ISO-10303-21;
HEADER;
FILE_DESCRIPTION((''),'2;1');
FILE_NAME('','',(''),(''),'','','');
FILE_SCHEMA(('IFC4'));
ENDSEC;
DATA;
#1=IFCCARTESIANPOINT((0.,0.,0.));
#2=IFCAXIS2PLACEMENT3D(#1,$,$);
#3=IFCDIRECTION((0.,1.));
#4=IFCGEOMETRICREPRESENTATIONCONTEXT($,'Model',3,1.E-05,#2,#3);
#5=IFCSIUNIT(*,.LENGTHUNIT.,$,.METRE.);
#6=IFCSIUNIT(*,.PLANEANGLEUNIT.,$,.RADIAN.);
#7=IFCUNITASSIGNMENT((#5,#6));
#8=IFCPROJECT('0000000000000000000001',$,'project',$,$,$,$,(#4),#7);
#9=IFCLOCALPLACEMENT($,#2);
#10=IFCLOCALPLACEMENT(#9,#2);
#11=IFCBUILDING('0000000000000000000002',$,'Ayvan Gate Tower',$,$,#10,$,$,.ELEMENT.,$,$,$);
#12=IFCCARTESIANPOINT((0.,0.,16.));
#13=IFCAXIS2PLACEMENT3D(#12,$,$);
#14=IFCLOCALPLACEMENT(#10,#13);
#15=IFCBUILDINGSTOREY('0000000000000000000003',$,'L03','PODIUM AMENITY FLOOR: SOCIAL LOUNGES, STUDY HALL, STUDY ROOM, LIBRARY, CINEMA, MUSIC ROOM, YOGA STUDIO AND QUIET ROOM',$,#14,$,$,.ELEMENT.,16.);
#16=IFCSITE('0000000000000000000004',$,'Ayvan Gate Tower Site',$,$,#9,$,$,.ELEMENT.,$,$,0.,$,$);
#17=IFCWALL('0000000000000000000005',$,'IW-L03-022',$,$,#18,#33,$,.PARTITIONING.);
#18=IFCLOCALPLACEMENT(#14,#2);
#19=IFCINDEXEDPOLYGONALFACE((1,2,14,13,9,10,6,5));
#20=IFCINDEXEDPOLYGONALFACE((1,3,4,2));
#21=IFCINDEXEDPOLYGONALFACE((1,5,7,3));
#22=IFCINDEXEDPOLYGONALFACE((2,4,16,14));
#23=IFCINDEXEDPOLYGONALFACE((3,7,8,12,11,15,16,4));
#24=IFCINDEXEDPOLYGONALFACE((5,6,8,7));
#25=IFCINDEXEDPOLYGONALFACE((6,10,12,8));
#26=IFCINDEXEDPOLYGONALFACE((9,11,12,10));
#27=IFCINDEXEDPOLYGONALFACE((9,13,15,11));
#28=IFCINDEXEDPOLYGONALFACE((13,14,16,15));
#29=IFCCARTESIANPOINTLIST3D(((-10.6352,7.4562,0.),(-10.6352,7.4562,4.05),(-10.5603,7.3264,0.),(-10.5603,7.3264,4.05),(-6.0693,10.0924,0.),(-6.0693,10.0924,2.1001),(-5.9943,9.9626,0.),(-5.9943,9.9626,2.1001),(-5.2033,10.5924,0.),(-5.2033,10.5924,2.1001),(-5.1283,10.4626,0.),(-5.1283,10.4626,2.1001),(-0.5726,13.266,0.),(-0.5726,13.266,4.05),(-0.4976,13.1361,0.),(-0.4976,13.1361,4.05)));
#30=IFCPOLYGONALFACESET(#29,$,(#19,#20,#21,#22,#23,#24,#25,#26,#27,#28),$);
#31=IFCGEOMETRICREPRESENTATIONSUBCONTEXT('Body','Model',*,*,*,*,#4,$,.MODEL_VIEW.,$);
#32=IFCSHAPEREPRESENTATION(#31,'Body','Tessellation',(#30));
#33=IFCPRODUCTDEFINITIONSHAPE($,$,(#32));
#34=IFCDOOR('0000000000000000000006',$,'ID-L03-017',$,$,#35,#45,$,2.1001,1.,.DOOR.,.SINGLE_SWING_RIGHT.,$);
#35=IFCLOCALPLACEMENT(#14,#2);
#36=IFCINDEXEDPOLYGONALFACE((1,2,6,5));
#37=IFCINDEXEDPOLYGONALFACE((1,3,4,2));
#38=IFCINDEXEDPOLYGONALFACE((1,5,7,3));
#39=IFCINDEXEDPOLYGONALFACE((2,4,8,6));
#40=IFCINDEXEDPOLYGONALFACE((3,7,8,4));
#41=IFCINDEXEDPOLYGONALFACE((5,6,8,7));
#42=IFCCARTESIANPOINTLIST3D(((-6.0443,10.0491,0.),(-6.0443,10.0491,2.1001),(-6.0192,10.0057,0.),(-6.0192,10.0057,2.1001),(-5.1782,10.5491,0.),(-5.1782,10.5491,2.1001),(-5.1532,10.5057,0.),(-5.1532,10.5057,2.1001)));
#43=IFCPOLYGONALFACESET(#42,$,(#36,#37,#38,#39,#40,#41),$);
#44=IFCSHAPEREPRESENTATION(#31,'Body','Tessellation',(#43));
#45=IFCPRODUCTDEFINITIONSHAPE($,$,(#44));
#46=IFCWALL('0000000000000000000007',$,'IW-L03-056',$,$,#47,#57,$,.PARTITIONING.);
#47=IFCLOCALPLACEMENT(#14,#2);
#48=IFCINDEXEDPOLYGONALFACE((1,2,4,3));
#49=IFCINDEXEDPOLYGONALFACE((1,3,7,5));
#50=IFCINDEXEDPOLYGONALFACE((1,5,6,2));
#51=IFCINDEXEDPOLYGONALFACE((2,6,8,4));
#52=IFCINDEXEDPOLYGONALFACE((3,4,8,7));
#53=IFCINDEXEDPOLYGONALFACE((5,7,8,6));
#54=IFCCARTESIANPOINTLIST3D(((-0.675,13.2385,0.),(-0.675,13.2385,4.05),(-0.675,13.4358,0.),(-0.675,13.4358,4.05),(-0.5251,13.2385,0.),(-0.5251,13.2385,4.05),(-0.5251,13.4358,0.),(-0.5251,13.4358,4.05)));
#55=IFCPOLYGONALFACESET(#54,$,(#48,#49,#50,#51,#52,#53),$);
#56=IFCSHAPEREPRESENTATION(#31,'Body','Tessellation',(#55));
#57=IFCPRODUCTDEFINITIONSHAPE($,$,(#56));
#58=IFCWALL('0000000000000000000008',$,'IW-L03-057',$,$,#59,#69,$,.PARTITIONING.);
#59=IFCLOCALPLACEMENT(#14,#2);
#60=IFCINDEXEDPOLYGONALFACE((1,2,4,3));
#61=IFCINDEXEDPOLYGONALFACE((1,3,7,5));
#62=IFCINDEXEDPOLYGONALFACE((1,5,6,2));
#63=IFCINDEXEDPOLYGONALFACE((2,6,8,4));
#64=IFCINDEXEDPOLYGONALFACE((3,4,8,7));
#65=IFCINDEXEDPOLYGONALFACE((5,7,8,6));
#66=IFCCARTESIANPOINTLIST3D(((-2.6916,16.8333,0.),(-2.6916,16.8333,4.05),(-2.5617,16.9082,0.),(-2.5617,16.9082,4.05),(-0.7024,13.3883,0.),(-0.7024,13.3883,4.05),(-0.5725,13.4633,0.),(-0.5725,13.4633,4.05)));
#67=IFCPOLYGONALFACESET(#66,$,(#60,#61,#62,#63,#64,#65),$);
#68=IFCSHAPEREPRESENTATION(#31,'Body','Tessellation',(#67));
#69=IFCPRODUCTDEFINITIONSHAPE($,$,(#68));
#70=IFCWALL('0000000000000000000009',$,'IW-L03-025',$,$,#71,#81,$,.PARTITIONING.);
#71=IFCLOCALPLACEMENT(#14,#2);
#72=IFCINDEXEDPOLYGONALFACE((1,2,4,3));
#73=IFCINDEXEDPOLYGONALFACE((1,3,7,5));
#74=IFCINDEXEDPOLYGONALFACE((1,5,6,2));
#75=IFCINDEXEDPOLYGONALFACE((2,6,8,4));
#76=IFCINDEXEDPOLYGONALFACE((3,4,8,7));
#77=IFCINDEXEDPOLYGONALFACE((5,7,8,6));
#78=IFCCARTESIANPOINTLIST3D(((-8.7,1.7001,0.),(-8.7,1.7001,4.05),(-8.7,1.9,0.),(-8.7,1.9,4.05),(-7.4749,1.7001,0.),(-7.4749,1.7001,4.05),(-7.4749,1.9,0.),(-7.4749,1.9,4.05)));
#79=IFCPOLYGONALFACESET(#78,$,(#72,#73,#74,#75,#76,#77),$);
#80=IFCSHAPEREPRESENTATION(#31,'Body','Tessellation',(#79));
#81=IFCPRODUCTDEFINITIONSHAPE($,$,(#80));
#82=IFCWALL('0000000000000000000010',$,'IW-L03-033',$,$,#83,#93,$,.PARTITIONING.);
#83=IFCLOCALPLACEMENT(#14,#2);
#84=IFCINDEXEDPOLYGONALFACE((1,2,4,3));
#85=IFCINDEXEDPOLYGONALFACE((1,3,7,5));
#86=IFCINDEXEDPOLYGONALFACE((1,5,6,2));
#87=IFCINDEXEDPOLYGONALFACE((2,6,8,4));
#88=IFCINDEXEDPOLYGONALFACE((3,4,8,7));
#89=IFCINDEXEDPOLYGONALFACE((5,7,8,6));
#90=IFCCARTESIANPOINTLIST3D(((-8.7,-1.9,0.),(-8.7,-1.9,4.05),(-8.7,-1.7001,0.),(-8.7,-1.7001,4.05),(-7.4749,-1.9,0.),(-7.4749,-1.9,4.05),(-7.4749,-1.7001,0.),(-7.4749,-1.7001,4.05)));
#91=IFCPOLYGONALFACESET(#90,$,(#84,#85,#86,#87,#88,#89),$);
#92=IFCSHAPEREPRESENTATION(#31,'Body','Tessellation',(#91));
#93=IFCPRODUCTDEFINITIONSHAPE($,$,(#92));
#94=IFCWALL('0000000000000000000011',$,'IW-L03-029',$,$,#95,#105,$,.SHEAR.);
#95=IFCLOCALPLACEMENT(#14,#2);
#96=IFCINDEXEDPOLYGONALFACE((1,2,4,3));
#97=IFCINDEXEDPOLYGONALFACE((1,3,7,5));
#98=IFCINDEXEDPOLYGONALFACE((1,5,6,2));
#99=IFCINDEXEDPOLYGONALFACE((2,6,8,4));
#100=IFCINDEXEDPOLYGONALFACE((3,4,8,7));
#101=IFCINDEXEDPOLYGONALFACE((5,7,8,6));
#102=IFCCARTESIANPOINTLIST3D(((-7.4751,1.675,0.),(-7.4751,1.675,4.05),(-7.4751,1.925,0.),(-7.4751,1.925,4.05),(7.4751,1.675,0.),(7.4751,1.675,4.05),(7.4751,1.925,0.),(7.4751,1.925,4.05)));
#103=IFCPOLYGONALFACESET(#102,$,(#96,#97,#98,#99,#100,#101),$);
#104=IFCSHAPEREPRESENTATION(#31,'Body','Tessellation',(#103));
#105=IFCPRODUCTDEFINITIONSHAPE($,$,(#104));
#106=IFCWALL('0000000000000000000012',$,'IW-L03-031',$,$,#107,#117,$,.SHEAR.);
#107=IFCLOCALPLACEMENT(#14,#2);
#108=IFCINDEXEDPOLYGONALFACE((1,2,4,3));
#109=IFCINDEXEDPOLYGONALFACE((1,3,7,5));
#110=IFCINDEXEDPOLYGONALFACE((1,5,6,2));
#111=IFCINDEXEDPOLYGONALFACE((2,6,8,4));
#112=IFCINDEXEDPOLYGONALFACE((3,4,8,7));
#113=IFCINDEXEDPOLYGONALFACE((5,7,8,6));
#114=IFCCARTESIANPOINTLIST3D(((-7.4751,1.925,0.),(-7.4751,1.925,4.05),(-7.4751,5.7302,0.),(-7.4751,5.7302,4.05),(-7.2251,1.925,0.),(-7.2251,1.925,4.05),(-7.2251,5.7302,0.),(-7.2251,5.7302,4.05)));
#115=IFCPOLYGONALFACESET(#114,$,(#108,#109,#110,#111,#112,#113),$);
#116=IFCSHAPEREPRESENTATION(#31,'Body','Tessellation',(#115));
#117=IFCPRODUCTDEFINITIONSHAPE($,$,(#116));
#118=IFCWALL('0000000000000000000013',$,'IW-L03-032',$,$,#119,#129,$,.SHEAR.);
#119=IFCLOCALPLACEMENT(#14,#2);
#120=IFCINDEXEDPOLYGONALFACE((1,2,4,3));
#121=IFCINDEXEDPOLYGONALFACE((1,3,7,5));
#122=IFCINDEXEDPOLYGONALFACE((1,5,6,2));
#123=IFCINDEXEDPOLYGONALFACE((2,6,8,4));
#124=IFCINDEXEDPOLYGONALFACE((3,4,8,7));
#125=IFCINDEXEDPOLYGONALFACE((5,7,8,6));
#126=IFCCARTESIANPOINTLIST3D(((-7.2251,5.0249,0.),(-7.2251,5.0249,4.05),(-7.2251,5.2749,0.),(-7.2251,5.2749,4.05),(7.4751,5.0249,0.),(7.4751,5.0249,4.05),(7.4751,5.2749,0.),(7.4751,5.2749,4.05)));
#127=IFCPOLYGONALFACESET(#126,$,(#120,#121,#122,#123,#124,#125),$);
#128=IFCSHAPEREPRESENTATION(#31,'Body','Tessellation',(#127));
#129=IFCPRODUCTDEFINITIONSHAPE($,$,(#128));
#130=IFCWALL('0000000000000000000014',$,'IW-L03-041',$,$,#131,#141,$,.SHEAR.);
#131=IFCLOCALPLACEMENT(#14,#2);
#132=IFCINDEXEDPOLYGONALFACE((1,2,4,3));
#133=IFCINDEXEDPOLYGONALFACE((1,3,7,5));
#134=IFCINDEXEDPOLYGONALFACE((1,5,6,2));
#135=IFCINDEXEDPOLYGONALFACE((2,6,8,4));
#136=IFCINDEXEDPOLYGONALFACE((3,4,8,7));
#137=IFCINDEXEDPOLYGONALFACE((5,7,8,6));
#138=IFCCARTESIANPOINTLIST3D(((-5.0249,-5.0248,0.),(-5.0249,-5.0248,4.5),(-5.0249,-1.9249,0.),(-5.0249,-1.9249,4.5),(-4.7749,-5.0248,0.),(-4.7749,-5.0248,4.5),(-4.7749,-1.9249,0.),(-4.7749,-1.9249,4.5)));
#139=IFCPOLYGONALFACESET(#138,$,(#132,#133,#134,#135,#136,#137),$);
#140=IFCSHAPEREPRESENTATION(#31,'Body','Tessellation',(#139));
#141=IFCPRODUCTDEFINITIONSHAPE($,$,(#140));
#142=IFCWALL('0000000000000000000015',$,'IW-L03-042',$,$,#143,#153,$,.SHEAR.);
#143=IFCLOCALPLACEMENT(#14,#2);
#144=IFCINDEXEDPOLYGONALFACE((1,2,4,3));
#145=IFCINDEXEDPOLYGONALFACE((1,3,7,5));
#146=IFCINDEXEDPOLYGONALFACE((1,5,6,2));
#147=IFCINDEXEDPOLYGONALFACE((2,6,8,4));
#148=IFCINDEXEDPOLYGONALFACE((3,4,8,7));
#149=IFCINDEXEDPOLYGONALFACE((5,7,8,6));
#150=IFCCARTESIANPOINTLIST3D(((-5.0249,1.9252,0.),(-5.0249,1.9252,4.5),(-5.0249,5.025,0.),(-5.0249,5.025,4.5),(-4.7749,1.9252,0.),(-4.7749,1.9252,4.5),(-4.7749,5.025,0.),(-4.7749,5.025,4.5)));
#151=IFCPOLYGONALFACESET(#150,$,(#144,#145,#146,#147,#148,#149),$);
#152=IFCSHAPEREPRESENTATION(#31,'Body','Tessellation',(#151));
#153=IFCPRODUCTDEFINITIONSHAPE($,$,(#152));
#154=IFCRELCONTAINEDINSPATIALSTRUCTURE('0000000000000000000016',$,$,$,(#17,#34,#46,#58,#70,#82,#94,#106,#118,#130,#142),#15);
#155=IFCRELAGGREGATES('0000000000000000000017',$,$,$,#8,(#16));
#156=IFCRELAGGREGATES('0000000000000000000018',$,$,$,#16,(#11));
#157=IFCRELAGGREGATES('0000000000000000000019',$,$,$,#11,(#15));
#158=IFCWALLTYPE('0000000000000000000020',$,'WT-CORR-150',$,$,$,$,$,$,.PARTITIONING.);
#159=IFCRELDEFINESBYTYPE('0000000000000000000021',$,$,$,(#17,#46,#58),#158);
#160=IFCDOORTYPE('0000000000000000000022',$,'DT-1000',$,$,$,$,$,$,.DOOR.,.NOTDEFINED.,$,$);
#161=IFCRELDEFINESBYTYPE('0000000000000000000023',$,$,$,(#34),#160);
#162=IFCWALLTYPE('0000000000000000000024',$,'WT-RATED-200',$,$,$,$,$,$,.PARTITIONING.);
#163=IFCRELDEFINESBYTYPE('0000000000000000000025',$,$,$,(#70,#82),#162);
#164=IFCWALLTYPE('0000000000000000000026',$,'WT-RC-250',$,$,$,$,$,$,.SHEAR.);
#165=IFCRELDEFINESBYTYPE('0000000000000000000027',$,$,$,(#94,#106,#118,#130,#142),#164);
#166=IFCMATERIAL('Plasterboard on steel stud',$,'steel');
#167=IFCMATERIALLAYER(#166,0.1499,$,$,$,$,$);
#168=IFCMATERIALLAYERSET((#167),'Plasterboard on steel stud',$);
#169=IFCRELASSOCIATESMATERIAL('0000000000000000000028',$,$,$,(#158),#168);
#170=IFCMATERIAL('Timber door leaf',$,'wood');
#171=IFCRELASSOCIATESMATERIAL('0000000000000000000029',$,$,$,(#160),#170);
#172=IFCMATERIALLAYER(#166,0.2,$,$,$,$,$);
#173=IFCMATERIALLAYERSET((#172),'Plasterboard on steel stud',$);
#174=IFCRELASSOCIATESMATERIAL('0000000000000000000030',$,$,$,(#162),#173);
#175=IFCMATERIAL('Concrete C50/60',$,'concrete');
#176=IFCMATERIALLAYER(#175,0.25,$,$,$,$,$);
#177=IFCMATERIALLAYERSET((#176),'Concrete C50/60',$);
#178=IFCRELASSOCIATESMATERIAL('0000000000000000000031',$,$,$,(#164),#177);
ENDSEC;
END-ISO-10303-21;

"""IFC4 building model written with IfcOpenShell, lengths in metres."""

from ifc_helpers import new_model, si_unit, direction, frame, frame_2d, origin, place, context, subcontext, project, spatial, rectangle, extrude, material, layer, layer_set, type_object, element, fill, save


model = new_model("IFC4")

# Units and contexts
model_context = context("Model", 3, precision=1e-05, world=origin(), true_north=direction((0.0, 1.0)))
body_context = subcontext(model_context, "Body", "Model", "MODEL_VIEW")
ifc_project = project(units=[si_unit("LENGTHUNIT", "METRE"), si_unit("PLANEANGLEUNIT", "RADIAN")], contexts=[model_context])

# Site, building, storey
site_placement = place(None, origin())
site = spatial("IfcSite", under=ifc_project, at=site_placement, Name="Ayvan Gate Tower Site", CompositionType="ELEMENT", RefElevation=0.0)
building_placement = place(site_placement, origin())
building = spatial("IfcBuilding", under=site, at=building_placement, Name="Ayvan Gate Tower", CompositionType="ELEMENT")
storey_placement = place(building_placement, frame((0.0, 0.0, 16.0)))
storey = spatial("IfcBuildingStorey", under=building, at=storey_placement, Name="L03", Description="PODIUM AMENITY FLOOR: SOCIAL LOUNGES, STUDY HALL, STUDY ROOM, LIBRARY, CINEMA, MUSIC ROOM, YOGA STUDIO AND QUIET ROOM", CompositionType="ELEMENT", Elevation=16.0)

# Shared definitions
ifc_material_1 = material(Name="Timber door leaf", Category="wood")

# Shared definitions
ifc_material_2 = material(Name="Plasterboard on steel stud", Category="steel")
ifc_layer_1 = layer(ifc_material_2, 0.1499)
ifc_layer_set_1 = layer_set([ifc_layer_1], Name="Plasterboard on steel stud")
wall_type_1 = type_object("IfcWallType", Name="WT-CORR-150", PredefinedType="PARTITIONING", material=ifc_layer_set_1)

# Wall, opening, door
wall_1_placement = place(storey_placement, frame((-10.5977, 7.3914, 0.0), z_axis=(0.0, 0.0, 1.0), x_axis=(0.866022, 0.500006, 0.0)))
wall_1 = element("IfcWall", 1, at=wall_1_placement, inside=storey, type_object=wall_type_1, Name="IW-L03-022", PredefinedType="PARTITIONING", context=body_context, shape_type="SweptSolid", body=[
    extrude(rectangle(XDim=11.6194, YDim=0.1499, at=frame_2d((5.8096, 0.0))), origin(), (0.0, 0.0, 1.0), 4.05),
])
opening_1_placement = place(wall_1_placement, frame((5.2722, 0.0, 0.0)))
opening_1 = element("IfcOpeningElement", 2, at=opening_1_placement, cuts=wall_1, PredefinedType="OPENING", context=body_context, shape_type="SweptSolid", body=[
    extrude(rectangle(XDim=1.0, YDim=2.1001, at=frame_2d((0.5, 1.05))), frame((0.0, 0.085, 0.0), z_axis=(0.0, -1.0, 0.0), x_axis=(1.0, 0.0, 0.0)), (0.0, 0.0, 1.0), 0.1699),
])
door_type_1 = type_object("IfcDoorType", Name="DT-1000", OperationType="NOTDEFINED", PredefinedType="DOOR", material=ifc_material_1)
door_1_placement = place(opening_1_placement, origin())
door_1 = element("IfcDoor", 3, at=door_1_placement, inside=storey, type_object=door_type_1, Name="ID-L03-017", OperationType="SINGLE_SWING_RIGHT", OverallHeight=2.1001, OverallWidth=1.0, PredefinedType="DOOR", context=body_context, shape_type="SweptSolid", body=[
    extrude(rectangle(XDim=1.0, YDim=2.1001, at=frame_2d((0.5, 1.05))), frame((0.0, 0.0249, 0.0), z_axis=(0.0, -1.0, 0.0), x_axis=(1.0, 0.0, 0.0)), (0.0, 0.0, 1.0), 0.05),
])
fill(opening_1, door_1)

# Walls
wall_2_placement = place(storey_placement, frame((-0.6001, 13.2385, 0.0), z_axis=(0.0, 0.0, 1.0), x_axis=(0.0, 1.0, 0.0)))
element("IfcWall", 4, at=wall_2_placement, inside=storey, type_object=wall_type_1, Name="IW-L03-056", PredefinedType="PARTITIONING", context=body_context, shape_type="SweptSolid", body=[
    extrude(rectangle(XDim=0.1973, YDim=0.1499, at=frame_2d((0.0986, 0.0))), origin(), (0.0, 0.0, 1.0), 4.05),
])
wall_3_placement = place(storey_placement, frame((-0.6375, 13.4258, 0.0), z_axis=(0.0, 0.0, 1.0), x_axis=(-0.500047, 0.865999, 0.0)))
element("IfcWall", 5, at=wall_3_placement, inside=storey, type_object=wall_type_1, Name="IW-L03-057", PredefinedType="PARTITIONING", context=body_context, shape_type="SweptSolid", body=[
    extrude(rectangle(XDim=3.978, YDim=0.1499, at=frame_2d((1.989, 0.0))), origin(), (0.0, 0.0, 1.0), 4.05),
])
ifc_layer_2 = layer(ifc_material_2, 0.2)
ifc_layer_set_2 = layer_set([ifc_layer_2], Name="Plasterboard on steel stud")
wall_type_2 = type_object("IfcWallType", Name="WT-RATED-200", PredefinedType="PARTITIONING", material=ifc_layer_set_2)
for number, where, z_axis, x_axis, name in (
    (6, (-8.7, 1.8, 0.0), (0.0, 0.0, 1.0), (1.0, 0.0, 0.0), "IW-L03-025"),
    (7, (-7.4749, -1.8, 0.0), (0.0, 0.0, 1.0), (-1.0, 0.0, 0.0), "IW-L03-033"),
):
    element("IfcWall", number, at=place(storey_placement, frame(where, z_axis=z_axis, x_axis=x_axis)), inside=storey, type_object=wall_type_2, Name=name, PredefinedType="PARTITIONING", context=body_context, shape_type="SweptSolid", body=[
        extrude(rectangle(XDim=1.2251, YDim=0.2, at=frame_2d((0.6125, 0.0))), origin(), (0.0, 0.0, 1.0), 4.05),
    ])
ifc_material_3 = material(Name="Concrete C50/60", Category="concrete")
ifc_layer_3 = layer(ifc_material_3, 0.25)
ifc_layer_set_3 = layer_set([ifc_layer_3], Name="Concrete C50/60")
wall_type_3 = type_object("IfcWallType", Name="WT-RC-250", PredefinedType="SHEAR", material=ifc_layer_set_3)
wall_4_placement = place(storey_placement, frame((-7.4751, 1.8, 0.0), z_axis=(0.0, 0.0, 1.0), x_axis=(1.0, 0.0, 0.0)))
element("IfcWall", 8, at=wall_4_placement, inside=storey, type_object=wall_type_3, Name="IW-L03-029", PredefinedType="SHEAR", context=body_context, shape_type="SweptSolid", body=[
    extrude(rectangle(XDim=14.9502, YDim=0.25, at=frame_2d((7.4751, 0.0))), origin(), (0.0, 0.0, 1.0), 4.05),
])
wall_5_placement = place(storey_placement, frame((-7.3501, 1.925, 0.0), z_axis=(0.0, 0.0, 1.0), x_axis=(0.0, 1.0, 0.0)))
element("IfcWall", 9, at=wall_5_placement, inside=storey, type_object=wall_type_3, Name="IW-L03-031", PredefinedType="SHEAR", context=body_context, shape_type="SweptSolid", body=[
    extrude(rectangle(XDim=3.8052, YDim=0.25, at=frame_2d((1.9026, 0.0))), origin(), (0.0, 0.0, 1.0), 4.05),
])
wall_6_placement = place(storey_placement, frame((-7.2251, 5.1499, 0.0), z_axis=(0.0, 0.0, 1.0), x_axis=(1.0, 0.0, 0.0)))
element("IfcWall", 10, at=wall_6_placement, inside=storey, type_object=wall_type_3, Name="IW-L03-032", PredefinedType="SHEAR", context=body_context, shape_type="SweptSolid", body=[
    extrude(rectangle(XDim=14.7002, YDim=0.25, at=frame_2d((7.3501, 0.0))), origin(), (0.0, 0.0, 1.0), 4.05),
])
for number, where, z_axis, x_axis, name in (
    (11, (-4.8999, -1.925, 0.0), (0.0, 0.0, 1.0), (0.0, -1.0, 0.0), "IW-L03-041"),
    (12, (-4.8999, 5.0249, 0.0), (0.0, 0.0, 1.0), (0.0, -1.0, 0.0), "IW-L03-042"),
):
    element("IfcWall", number, at=place(storey_placement, frame(where, z_axis=z_axis, x_axis=x_axis)), inside=storey, type_object=wall_type_3, Name=name, PredefinedType="SHEAR", context=body_context, shape_type="SweptSolid", body=[
        extrude(rectangle(XDim=3.0999, YDim=0.25, at=frame_2d((1.5498, 0.0))), origin(), (0.0, 0.0, 1.0), 4.5),
    ])

save(model, "model.ifc")
